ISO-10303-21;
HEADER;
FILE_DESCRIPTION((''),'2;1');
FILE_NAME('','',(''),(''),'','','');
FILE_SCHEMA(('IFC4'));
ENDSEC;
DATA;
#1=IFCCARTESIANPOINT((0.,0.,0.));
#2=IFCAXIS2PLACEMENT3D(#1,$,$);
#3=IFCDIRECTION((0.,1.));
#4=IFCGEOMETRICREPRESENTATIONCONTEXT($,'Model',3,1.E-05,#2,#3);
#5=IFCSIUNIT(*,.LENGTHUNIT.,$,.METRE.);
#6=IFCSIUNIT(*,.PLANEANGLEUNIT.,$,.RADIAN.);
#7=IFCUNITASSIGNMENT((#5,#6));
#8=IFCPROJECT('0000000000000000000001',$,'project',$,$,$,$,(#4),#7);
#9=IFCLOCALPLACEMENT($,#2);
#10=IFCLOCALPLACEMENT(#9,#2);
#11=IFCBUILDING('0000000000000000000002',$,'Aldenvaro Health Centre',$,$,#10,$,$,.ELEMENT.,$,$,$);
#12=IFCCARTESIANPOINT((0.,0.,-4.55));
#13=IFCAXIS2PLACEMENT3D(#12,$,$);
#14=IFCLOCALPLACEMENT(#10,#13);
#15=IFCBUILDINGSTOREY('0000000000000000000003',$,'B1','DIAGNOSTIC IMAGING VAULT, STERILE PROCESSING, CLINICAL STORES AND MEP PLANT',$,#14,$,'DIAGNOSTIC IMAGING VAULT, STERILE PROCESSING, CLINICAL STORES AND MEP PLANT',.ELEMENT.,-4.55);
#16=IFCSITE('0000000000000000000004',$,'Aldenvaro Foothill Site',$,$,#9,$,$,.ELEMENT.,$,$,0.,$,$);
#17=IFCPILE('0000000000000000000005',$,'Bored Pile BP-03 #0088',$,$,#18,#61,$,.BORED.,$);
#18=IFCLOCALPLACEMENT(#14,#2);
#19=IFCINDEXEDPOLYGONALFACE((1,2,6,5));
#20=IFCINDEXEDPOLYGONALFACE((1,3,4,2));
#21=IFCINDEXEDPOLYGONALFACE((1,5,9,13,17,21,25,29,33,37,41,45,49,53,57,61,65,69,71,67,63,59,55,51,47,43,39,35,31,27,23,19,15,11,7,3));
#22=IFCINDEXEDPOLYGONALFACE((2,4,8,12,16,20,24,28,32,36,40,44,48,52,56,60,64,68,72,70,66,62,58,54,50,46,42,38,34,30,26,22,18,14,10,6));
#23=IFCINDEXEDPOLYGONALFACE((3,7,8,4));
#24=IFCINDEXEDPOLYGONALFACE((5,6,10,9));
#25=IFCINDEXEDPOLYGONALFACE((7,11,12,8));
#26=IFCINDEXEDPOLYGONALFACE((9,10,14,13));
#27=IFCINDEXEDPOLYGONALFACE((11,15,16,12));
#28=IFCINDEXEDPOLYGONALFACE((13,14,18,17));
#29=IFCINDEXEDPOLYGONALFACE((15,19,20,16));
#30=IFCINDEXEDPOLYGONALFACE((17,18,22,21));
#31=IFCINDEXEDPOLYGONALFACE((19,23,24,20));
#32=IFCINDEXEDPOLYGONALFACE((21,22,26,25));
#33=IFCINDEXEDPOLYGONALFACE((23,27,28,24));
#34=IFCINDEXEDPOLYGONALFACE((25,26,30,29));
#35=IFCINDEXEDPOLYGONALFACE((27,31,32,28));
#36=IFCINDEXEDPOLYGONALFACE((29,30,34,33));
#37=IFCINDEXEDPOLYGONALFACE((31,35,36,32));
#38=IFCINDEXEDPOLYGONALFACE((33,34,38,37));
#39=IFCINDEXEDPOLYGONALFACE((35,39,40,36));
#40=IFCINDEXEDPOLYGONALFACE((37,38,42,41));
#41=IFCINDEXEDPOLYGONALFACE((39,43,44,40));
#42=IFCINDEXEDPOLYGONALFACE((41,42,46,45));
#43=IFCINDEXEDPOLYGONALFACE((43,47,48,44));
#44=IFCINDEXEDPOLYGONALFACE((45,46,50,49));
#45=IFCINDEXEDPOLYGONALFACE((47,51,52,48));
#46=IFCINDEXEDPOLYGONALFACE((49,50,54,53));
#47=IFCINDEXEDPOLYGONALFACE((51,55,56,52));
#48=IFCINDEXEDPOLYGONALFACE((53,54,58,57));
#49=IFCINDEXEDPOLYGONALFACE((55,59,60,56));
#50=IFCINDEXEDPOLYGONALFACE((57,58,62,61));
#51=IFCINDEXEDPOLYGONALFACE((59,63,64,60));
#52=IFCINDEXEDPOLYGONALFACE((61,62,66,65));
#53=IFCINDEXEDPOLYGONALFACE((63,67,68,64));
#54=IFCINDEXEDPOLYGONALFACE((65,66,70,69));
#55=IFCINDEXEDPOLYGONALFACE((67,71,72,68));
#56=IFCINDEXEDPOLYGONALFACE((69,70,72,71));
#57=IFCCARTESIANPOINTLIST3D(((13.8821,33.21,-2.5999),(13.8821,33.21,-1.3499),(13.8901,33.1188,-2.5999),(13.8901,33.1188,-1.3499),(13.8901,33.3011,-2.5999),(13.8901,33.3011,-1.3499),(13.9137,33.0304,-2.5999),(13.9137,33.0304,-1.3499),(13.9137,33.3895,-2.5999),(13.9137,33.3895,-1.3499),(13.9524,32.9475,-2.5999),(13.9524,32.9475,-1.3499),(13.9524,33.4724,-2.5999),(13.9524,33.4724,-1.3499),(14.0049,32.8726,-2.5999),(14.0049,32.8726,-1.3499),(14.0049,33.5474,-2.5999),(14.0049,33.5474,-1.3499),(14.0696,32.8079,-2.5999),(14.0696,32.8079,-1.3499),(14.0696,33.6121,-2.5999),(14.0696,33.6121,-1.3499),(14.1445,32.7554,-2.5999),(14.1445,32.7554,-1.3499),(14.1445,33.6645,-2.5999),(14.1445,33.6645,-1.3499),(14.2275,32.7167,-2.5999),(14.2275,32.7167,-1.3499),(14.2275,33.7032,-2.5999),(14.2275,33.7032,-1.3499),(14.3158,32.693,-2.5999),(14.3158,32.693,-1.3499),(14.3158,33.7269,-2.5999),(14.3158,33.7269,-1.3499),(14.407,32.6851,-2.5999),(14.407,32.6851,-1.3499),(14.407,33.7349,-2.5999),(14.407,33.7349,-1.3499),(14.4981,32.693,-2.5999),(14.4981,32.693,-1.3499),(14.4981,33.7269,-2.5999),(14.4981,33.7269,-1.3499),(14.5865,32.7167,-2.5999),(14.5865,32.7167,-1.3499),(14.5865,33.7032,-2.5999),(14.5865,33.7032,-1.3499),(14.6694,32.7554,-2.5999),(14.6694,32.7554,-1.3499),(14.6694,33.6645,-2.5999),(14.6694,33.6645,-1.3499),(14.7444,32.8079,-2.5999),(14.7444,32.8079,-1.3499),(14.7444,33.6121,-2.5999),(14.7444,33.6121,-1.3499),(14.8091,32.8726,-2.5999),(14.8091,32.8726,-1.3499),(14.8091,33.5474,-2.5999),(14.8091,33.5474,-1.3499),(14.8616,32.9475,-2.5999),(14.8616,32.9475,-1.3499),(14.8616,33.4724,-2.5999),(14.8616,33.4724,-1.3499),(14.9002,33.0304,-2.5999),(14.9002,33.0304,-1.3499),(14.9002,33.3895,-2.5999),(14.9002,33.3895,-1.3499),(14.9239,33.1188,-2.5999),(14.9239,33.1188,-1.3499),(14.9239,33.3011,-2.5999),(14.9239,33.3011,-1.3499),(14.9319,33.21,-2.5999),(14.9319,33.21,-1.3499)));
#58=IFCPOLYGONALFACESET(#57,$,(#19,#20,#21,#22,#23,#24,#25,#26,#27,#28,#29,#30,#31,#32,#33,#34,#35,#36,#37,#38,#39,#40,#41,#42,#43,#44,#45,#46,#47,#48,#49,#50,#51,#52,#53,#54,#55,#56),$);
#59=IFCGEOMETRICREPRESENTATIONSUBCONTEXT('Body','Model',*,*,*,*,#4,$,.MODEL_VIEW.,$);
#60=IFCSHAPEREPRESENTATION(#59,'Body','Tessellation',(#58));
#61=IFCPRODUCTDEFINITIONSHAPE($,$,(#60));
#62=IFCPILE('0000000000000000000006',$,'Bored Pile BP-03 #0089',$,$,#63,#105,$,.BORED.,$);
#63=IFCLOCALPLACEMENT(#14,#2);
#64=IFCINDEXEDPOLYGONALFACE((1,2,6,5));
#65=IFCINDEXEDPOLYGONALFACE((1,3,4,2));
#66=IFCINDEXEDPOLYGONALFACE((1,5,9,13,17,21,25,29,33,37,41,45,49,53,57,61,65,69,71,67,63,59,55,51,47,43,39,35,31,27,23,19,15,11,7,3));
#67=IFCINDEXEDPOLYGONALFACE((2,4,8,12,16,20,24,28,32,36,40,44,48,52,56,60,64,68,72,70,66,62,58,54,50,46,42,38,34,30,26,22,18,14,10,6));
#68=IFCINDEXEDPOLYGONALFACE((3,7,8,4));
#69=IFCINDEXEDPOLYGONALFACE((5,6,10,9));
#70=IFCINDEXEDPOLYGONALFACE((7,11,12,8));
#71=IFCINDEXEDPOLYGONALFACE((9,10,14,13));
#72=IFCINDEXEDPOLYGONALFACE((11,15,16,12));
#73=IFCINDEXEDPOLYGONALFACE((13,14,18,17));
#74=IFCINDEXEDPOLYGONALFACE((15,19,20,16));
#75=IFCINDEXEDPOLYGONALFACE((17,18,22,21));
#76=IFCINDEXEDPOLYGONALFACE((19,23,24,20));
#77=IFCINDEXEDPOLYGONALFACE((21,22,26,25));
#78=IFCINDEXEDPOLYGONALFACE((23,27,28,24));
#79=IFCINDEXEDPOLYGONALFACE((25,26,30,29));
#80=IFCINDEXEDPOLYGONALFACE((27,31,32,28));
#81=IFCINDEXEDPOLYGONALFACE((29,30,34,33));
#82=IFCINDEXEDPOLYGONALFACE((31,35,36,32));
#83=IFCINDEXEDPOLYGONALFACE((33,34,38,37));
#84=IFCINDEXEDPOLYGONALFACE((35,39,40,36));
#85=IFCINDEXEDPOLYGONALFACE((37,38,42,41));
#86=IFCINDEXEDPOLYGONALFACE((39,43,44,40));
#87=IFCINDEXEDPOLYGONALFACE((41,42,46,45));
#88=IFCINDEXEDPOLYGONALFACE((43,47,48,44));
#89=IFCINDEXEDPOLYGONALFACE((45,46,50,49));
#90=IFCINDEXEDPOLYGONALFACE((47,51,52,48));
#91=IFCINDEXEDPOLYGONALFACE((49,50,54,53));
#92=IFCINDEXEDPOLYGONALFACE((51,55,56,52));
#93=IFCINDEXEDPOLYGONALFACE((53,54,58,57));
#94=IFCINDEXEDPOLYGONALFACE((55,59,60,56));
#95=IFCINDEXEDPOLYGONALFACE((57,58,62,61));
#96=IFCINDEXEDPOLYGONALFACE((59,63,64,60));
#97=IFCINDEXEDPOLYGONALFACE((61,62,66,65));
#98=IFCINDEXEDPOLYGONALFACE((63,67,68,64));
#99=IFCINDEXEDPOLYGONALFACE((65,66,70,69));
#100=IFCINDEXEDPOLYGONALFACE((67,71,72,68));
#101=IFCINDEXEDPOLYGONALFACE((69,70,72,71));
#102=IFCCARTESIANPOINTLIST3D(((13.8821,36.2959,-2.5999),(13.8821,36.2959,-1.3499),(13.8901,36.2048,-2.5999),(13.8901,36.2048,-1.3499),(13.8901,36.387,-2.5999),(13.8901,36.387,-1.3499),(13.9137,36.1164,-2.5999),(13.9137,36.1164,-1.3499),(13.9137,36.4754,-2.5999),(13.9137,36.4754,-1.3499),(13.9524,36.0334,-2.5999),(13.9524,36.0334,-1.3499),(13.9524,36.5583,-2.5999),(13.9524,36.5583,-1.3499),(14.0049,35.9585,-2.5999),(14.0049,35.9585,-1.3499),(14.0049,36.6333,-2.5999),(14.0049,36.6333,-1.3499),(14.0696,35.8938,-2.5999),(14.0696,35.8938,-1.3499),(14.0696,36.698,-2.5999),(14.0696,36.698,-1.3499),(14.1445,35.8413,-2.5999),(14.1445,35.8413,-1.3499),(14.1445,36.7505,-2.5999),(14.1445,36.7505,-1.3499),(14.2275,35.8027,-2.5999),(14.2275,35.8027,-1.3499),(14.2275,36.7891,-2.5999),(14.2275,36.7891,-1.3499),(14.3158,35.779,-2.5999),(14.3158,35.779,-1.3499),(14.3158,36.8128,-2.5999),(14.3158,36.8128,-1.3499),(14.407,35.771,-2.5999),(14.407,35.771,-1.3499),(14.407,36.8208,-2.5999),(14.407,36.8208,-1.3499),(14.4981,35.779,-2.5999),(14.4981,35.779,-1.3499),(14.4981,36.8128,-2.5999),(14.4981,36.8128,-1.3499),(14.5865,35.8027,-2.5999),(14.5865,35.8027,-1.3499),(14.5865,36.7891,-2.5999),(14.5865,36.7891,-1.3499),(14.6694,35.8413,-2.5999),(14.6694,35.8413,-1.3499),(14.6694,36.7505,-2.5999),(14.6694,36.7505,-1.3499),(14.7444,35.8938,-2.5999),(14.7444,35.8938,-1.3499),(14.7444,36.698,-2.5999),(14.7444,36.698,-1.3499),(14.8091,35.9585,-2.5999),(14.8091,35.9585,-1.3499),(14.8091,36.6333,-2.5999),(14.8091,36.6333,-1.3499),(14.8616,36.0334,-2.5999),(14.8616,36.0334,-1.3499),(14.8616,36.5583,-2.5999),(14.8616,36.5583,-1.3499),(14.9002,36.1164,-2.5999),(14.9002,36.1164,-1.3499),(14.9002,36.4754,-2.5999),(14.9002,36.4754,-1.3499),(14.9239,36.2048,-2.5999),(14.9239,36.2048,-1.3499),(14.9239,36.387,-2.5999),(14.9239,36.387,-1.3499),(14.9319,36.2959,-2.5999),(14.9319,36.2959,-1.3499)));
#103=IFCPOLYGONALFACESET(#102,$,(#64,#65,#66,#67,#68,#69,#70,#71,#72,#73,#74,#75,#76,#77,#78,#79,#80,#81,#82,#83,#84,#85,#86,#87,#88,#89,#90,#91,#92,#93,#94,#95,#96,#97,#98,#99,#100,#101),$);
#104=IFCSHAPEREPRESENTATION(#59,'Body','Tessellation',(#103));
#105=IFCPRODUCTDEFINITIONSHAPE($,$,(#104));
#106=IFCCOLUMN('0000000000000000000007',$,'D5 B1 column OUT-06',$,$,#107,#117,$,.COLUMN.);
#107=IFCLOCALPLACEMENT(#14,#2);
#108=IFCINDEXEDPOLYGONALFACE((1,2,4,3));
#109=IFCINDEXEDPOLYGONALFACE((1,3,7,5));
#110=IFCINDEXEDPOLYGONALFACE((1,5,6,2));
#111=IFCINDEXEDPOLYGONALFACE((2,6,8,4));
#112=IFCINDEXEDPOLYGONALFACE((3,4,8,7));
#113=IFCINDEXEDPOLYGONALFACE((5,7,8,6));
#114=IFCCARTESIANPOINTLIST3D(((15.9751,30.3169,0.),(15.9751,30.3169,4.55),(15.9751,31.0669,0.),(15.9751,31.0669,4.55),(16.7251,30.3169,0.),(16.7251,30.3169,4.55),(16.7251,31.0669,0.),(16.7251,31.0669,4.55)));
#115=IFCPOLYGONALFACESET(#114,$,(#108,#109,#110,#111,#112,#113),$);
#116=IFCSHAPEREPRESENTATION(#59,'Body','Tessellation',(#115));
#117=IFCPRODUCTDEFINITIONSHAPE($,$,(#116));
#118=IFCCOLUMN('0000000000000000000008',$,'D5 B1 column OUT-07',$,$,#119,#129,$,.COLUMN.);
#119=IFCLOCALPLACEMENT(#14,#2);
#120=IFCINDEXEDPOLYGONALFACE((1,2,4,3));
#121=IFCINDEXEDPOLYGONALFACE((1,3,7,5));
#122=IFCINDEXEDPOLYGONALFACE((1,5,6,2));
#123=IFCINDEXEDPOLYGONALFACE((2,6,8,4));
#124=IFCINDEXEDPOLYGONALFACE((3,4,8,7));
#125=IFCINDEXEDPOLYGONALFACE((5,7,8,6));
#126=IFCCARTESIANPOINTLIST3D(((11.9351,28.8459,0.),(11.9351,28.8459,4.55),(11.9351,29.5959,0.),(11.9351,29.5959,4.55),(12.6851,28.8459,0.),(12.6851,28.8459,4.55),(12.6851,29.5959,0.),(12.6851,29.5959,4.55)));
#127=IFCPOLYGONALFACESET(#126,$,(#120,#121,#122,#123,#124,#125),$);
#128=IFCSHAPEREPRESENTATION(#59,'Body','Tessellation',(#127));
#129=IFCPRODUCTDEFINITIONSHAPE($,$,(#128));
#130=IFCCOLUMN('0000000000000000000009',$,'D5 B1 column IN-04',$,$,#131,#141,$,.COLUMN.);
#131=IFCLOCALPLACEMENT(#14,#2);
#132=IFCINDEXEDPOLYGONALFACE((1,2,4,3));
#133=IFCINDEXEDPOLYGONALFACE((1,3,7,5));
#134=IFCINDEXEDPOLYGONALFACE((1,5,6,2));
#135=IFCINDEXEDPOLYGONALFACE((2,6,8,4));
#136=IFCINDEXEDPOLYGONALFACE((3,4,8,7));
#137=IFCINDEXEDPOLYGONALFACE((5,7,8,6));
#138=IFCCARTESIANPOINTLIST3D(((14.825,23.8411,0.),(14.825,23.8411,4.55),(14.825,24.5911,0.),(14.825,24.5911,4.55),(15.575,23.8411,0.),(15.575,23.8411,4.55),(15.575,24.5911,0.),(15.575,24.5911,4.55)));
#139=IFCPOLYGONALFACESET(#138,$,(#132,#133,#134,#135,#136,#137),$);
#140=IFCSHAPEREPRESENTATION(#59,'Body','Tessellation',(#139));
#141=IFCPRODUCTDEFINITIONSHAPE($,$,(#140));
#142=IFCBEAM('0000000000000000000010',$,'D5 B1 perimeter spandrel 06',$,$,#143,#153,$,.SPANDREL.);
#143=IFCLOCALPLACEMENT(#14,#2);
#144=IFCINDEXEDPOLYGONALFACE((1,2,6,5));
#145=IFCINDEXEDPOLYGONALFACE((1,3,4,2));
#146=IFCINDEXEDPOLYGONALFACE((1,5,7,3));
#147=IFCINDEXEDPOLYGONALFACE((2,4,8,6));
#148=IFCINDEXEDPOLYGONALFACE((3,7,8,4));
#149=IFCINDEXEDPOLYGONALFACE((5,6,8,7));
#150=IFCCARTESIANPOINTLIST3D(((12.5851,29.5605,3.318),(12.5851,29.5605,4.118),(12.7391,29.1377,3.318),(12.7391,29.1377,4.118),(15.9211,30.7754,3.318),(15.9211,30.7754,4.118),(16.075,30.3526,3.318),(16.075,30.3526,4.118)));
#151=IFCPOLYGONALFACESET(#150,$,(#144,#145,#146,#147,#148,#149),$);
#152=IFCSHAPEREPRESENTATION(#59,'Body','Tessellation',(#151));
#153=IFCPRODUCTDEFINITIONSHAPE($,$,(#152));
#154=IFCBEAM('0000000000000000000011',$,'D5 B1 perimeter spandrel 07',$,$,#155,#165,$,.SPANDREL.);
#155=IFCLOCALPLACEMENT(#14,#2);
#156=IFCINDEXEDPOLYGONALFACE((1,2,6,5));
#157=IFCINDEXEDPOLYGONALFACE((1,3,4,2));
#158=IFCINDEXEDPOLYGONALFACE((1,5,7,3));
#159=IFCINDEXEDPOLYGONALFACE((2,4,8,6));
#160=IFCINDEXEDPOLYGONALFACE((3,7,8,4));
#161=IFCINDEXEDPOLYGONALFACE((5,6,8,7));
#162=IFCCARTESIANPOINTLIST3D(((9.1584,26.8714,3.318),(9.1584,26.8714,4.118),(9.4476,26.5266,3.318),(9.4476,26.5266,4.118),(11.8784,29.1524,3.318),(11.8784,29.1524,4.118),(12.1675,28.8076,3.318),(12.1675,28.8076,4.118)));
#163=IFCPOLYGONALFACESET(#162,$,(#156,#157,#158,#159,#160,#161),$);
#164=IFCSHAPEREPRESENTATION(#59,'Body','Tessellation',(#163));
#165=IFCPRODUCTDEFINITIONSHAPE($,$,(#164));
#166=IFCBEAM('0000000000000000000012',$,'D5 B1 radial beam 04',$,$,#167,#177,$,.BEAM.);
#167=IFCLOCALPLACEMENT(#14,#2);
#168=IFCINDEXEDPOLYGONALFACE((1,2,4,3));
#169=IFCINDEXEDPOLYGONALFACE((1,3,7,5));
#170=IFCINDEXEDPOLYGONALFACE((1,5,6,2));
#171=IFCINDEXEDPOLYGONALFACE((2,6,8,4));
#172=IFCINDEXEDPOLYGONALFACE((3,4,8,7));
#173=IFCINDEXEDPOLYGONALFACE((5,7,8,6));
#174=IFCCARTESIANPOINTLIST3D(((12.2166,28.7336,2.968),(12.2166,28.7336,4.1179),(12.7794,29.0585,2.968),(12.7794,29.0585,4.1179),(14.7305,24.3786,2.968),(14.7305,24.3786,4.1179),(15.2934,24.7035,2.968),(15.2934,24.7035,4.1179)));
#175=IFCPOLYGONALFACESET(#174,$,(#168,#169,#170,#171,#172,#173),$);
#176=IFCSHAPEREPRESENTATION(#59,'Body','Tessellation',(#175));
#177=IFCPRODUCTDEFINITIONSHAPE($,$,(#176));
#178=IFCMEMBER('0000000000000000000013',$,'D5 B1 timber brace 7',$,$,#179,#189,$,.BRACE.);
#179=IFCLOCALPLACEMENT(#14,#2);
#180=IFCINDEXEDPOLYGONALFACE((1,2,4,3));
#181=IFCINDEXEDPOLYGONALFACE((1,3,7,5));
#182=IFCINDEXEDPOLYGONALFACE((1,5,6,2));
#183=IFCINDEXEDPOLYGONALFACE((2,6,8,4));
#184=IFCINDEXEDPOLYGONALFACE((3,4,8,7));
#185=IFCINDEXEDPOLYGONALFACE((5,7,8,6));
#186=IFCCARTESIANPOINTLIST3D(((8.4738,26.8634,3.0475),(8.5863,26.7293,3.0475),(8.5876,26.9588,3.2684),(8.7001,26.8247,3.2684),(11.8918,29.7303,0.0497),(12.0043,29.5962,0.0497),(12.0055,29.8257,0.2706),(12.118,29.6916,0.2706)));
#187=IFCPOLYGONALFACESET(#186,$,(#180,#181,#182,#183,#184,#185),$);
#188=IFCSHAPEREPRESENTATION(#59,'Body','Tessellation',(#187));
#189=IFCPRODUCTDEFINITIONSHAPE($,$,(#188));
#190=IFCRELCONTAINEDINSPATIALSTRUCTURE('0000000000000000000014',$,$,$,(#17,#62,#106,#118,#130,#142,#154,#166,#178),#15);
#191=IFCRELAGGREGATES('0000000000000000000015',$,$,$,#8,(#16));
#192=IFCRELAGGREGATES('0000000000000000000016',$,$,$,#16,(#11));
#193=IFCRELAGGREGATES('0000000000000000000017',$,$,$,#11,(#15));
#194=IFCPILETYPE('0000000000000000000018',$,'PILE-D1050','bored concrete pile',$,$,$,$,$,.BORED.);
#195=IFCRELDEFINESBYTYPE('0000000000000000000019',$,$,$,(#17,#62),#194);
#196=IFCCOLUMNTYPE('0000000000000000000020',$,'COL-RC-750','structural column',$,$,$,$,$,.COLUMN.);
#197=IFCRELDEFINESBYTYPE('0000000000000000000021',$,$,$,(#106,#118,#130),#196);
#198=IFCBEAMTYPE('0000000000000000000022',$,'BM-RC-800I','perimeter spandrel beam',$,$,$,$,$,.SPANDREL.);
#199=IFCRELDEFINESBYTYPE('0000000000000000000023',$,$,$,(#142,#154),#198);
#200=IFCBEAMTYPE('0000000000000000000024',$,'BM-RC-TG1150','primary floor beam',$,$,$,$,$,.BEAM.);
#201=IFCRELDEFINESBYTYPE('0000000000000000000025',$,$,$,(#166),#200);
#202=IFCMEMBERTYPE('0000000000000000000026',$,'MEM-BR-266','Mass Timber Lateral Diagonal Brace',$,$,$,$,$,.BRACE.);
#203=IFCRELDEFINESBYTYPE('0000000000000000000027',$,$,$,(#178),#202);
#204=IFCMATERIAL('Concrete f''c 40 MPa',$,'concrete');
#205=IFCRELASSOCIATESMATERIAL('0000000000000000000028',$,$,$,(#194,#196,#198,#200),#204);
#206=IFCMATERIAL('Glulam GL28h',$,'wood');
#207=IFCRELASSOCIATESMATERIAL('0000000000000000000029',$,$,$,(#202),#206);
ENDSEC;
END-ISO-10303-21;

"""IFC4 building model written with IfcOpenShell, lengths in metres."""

from ifc_helpers import new_model, si_unit, direction, frame, origin, origin_2d, place, context, subcontext, project, spatial, rectangle, circle, extrude, material, material_profile, profile_set, type_object, element, save


model = new_model("IFC4")

# Units and contexts
model_context = context("Model", 3, precision=1e-05, world=origin(), true_north=direction((0.0, 1.0)))
body_context = subcontext(model_context, "Body", "Model", "MODEL_VIEW")
ifc_project = project(units=[si_unit("LENGTHUNIT", "METRE"), si_unit("PLANEANGLEUNIT", "RADIAN")], contexts=[model_context])

# Site, building, storey
site_placement = place(None, origin())
site = spatial("IfcSite", under=ifc_project, at=site_placement, Name="Aldenvaro Foothill Site", CompositionType="ELEMENT", RefElevation=0.0)
building_placement = place(site_placement, origin())
building = spatial("IfcBuilding", under=site, at=building_placement, Name="Aldenvaro Health Centre", CompositionType="ELEMENT")
storey_placement = place(building_placement, frame((0.0, 0.0, -4.55)))
storey = spatial("IfcBuildingStorey", under=building, at=storey_placement, Name="B1", Description="DIAGNOSTIC IMAGING VAULT, STERILE PROCESSING, CLINICAL STORES AND MEP PLANT", LongName="DIAGNOSTIC IMAGING VAULT, STERILE PROCESSING, CLINICAL STORES AND MEP PLANT", CompositionType="ELEMENT", Elevation=-4.55)

# Piles
ifc_material_1 = material(Name="Concrete f'c 40 MPa", Category="concrete")
ifc_material_profile_1 = material_profile(ifc_material_1, circle(Radius=0.5249, at=origin_2d()), Name="PILE D1050", Category="concrete")
ifc_profile_set_1 = profile_set([ifc_material_profile_1], Name="Concrete f'c 40 MPa")
pile_type = type_object("IfcPileType", Name="PILE-D1050", Description="bored concrete pile", PredefinedType="BORED", material=ifc_profile_set_1)
for number, where, z_axis, x_axis, name in (
    (1, (14.407, 33.21, -1.3499), (0.0, 0.0, -1.0), (1.0, 0.0, 0.0), "Bored Pile BP-03 #0088"),
    (2, (14.407, 36.2959, -1.3499), (0.0, 0.0, -1.0), (1.0, 0.0, 0.0), "Bored Pile BP-03 #0089"),
):
    element("IfcPile", number, at=place(storey_placement, frame(where, z_axis=z_axis, x_axis=x_axis)), inside=storey, type_object=pile_type, Name=name, PredefinedType="BORED", context=body_context, shape_type="SweptSolid", body=[
        extrude(circle(Radius=0.5249, at=origin_2d()), origin(), (0.0, 0.0, 1.0), 1.25),
    ])

# Columns
ifc_material_profile_2 = material_profile(ifc_material_1, rectangle(XDim=0.75, YDim=0.75, at=origin_2d()), Name="RC 750x750", Category="concrete")
ifc_profile_set_2 = profile_set([ifc_material_profile_2], Name="Concrete f'c 40 MPa")
column_type = type_object("IfcColumnType", Name="COL-RC-750", Description="structural column", PredefinedType="COLUMN", material=ifc_profile_set_2)
for number, where, z_axis, x_axis, name in (
    (3, (16.3501, 30.6919, 0.0), (0.0, 0.0, 1.0), (1.0, 0.0, 0.0), "D5 B1 column OUT-06"),
    (4, (12.3101, 29.2209, 0.0), (0.0, 0.0, 1.0), (1.0, 0.0, 0.0), "D5 B1 column OUT-07"),
    (5, (15.2, 24.2161, 0.0), (0.0, 0.0, 1.0), (1.0, 0.0, 0.0), "D5 B1 column IN-04"),
):
    element("IfcColumn", number, at=place(storey_placement, frame(where, z_axis=z_axis, x_axis=x_axis)), inside=storey, type_object=column_type, Name=name, PredefinedType="COLUMN", context=body_context, shape_type="SweptSolid", body=[
        extrude(rectangle(XDim=0.75, YDim=0.75, at=origin_2d()), origin(), (0.0, 0.0, 1.0), 4.55),
    ])

# Beams
ifc_material_profile_3 = material_profile(ifc_material_1, rectangle(XDim=0.45, YDim=0.8, at=origin_2d()), Name="RC 450x800", Category="concrete")
ifc_profile_set_3 = profile_set([ifc_material_profile_3], Name="Concrete f'c 40 MPa")
beam_type_1 = type_object("IfcBeamType", Name="BM-RC-800I", Description="perimeter spandrel beam", PredefinedType="SPANDREL", material=ifc_profile_set_3)
beam_1_placement = place(storey_placement, frame((15.998, 30.564, 3.718), z_axis=(-0.939633, -0.342185, 0.0), x_axis=(0.342185, -0.939633, 0.0)))
element("IfcBeam", 6, at=beam_1_placement, inside=storey, type_object=beam_type_1, Name="D5 B1 perimeter spandrel 06", PredefinedType="SPANDREL", context=body_context, shape_type="SweptSolid", body=[
    extrude(rectangle(XDim=0.45, YDim=0.8, at=origin_2d()), origin(), (0.0, 0.0, 1.0), 3.5503),
])
beam_2_placement = place(storey_placement, frame((12.0229, 28.98, 3.718), z_axis=(-0.766228, -0.642569, 0.0), x_axis=(0.642569, -0.766228, 0.0)))
element("IfcBeam", 7, at=beam_2_placement, inside=storey, type_object=beam_type_1, Name="D5 B1 perimeter spandrel 07", PredefinedType="SPANDREL", context=body_context, shape_type="SweptSolid", body=[
    extrude(rectangle(XDim=0.45, YDim=0.8, at=origin_2d()), origin(), (0.0, 0.0, 1.0), 3.5498),
])
ifc_material_profile_4 = material_profile(ifc_material_1, rectangle(XDim=0.6499, YDim=1.1499, at=origin_2d()), Name="RC 650x1150", Category="concrete")
ifc_profile_set_4 = profile_set([ifc_material_profile_4], Name="Concrete f'c 40 MPa")
beam_type_2 = type_object("IfcBeamType", Name="BM-RC-TG1150", Description="primary floor beam", PredefinedType="BEAM", material=ifc_profile_set_4)
beam_3_placement = place(storey_placement, frame((15.012, 24.541, 3.543), z_axis=(-0.499935, 0.866063, 0.0), x_axis=(-0.866063, -0.499935, 0.0)))
element("IfcBeam", 8, at=beam_3_placement, inside=storey, type_object=beam_type_2, Name="D5 B1 radial beam 04", PredefinedType="BEAM", context=body_context, shape_type="SweptSolid", body=[
    extrude(rectangle(XDim=0.6499, YDim=1.1499, at=origin_2d()), origin(), (0.0, 0.0, 1.0), 5.0286),
])

# Member
ifc_material_2 = material(Name="Glulam GL28h", Category="wood")
ifc_material_profile_5 = material_profile(ifc_material_2, rectangle(XDim=0.175, YDim=0.2661, at=origin_2d()), Name="GL 175x266", Category="wood")
ifc_profile_set_5 = profile_set([ifc_material_profile_5], Name="Glulam GL28h")
member_type = type_object("IfcMemberType", Name="MEM-BR-266", Description="Mass Timber Lateral Diagonal Brace", PredefinedType="BRACE", material=ifc_profile_set_5)
member_placement = place(storey_placement, frame((12.0049, 29.7109, 0.1602), z_axis=(-0.635922, -0.533403, 0.557749), x_axis=(0.642646, -0.766163, 0.0)))
element("IfcMember", 9, at=member_placement, inside=storey, type_object=member_type, Name="D5 B1 timber brace 7", PredefinedType="BRACE", context=body_context, shape_type="SweptSolid", body=[
    extrude(rectangle(XDim=0.175, YDim=0.2661, at=origin_2d()), origin(), (0.0, 0.0, 1.0), 5.3748),
])

save(model, "model.ifc")
